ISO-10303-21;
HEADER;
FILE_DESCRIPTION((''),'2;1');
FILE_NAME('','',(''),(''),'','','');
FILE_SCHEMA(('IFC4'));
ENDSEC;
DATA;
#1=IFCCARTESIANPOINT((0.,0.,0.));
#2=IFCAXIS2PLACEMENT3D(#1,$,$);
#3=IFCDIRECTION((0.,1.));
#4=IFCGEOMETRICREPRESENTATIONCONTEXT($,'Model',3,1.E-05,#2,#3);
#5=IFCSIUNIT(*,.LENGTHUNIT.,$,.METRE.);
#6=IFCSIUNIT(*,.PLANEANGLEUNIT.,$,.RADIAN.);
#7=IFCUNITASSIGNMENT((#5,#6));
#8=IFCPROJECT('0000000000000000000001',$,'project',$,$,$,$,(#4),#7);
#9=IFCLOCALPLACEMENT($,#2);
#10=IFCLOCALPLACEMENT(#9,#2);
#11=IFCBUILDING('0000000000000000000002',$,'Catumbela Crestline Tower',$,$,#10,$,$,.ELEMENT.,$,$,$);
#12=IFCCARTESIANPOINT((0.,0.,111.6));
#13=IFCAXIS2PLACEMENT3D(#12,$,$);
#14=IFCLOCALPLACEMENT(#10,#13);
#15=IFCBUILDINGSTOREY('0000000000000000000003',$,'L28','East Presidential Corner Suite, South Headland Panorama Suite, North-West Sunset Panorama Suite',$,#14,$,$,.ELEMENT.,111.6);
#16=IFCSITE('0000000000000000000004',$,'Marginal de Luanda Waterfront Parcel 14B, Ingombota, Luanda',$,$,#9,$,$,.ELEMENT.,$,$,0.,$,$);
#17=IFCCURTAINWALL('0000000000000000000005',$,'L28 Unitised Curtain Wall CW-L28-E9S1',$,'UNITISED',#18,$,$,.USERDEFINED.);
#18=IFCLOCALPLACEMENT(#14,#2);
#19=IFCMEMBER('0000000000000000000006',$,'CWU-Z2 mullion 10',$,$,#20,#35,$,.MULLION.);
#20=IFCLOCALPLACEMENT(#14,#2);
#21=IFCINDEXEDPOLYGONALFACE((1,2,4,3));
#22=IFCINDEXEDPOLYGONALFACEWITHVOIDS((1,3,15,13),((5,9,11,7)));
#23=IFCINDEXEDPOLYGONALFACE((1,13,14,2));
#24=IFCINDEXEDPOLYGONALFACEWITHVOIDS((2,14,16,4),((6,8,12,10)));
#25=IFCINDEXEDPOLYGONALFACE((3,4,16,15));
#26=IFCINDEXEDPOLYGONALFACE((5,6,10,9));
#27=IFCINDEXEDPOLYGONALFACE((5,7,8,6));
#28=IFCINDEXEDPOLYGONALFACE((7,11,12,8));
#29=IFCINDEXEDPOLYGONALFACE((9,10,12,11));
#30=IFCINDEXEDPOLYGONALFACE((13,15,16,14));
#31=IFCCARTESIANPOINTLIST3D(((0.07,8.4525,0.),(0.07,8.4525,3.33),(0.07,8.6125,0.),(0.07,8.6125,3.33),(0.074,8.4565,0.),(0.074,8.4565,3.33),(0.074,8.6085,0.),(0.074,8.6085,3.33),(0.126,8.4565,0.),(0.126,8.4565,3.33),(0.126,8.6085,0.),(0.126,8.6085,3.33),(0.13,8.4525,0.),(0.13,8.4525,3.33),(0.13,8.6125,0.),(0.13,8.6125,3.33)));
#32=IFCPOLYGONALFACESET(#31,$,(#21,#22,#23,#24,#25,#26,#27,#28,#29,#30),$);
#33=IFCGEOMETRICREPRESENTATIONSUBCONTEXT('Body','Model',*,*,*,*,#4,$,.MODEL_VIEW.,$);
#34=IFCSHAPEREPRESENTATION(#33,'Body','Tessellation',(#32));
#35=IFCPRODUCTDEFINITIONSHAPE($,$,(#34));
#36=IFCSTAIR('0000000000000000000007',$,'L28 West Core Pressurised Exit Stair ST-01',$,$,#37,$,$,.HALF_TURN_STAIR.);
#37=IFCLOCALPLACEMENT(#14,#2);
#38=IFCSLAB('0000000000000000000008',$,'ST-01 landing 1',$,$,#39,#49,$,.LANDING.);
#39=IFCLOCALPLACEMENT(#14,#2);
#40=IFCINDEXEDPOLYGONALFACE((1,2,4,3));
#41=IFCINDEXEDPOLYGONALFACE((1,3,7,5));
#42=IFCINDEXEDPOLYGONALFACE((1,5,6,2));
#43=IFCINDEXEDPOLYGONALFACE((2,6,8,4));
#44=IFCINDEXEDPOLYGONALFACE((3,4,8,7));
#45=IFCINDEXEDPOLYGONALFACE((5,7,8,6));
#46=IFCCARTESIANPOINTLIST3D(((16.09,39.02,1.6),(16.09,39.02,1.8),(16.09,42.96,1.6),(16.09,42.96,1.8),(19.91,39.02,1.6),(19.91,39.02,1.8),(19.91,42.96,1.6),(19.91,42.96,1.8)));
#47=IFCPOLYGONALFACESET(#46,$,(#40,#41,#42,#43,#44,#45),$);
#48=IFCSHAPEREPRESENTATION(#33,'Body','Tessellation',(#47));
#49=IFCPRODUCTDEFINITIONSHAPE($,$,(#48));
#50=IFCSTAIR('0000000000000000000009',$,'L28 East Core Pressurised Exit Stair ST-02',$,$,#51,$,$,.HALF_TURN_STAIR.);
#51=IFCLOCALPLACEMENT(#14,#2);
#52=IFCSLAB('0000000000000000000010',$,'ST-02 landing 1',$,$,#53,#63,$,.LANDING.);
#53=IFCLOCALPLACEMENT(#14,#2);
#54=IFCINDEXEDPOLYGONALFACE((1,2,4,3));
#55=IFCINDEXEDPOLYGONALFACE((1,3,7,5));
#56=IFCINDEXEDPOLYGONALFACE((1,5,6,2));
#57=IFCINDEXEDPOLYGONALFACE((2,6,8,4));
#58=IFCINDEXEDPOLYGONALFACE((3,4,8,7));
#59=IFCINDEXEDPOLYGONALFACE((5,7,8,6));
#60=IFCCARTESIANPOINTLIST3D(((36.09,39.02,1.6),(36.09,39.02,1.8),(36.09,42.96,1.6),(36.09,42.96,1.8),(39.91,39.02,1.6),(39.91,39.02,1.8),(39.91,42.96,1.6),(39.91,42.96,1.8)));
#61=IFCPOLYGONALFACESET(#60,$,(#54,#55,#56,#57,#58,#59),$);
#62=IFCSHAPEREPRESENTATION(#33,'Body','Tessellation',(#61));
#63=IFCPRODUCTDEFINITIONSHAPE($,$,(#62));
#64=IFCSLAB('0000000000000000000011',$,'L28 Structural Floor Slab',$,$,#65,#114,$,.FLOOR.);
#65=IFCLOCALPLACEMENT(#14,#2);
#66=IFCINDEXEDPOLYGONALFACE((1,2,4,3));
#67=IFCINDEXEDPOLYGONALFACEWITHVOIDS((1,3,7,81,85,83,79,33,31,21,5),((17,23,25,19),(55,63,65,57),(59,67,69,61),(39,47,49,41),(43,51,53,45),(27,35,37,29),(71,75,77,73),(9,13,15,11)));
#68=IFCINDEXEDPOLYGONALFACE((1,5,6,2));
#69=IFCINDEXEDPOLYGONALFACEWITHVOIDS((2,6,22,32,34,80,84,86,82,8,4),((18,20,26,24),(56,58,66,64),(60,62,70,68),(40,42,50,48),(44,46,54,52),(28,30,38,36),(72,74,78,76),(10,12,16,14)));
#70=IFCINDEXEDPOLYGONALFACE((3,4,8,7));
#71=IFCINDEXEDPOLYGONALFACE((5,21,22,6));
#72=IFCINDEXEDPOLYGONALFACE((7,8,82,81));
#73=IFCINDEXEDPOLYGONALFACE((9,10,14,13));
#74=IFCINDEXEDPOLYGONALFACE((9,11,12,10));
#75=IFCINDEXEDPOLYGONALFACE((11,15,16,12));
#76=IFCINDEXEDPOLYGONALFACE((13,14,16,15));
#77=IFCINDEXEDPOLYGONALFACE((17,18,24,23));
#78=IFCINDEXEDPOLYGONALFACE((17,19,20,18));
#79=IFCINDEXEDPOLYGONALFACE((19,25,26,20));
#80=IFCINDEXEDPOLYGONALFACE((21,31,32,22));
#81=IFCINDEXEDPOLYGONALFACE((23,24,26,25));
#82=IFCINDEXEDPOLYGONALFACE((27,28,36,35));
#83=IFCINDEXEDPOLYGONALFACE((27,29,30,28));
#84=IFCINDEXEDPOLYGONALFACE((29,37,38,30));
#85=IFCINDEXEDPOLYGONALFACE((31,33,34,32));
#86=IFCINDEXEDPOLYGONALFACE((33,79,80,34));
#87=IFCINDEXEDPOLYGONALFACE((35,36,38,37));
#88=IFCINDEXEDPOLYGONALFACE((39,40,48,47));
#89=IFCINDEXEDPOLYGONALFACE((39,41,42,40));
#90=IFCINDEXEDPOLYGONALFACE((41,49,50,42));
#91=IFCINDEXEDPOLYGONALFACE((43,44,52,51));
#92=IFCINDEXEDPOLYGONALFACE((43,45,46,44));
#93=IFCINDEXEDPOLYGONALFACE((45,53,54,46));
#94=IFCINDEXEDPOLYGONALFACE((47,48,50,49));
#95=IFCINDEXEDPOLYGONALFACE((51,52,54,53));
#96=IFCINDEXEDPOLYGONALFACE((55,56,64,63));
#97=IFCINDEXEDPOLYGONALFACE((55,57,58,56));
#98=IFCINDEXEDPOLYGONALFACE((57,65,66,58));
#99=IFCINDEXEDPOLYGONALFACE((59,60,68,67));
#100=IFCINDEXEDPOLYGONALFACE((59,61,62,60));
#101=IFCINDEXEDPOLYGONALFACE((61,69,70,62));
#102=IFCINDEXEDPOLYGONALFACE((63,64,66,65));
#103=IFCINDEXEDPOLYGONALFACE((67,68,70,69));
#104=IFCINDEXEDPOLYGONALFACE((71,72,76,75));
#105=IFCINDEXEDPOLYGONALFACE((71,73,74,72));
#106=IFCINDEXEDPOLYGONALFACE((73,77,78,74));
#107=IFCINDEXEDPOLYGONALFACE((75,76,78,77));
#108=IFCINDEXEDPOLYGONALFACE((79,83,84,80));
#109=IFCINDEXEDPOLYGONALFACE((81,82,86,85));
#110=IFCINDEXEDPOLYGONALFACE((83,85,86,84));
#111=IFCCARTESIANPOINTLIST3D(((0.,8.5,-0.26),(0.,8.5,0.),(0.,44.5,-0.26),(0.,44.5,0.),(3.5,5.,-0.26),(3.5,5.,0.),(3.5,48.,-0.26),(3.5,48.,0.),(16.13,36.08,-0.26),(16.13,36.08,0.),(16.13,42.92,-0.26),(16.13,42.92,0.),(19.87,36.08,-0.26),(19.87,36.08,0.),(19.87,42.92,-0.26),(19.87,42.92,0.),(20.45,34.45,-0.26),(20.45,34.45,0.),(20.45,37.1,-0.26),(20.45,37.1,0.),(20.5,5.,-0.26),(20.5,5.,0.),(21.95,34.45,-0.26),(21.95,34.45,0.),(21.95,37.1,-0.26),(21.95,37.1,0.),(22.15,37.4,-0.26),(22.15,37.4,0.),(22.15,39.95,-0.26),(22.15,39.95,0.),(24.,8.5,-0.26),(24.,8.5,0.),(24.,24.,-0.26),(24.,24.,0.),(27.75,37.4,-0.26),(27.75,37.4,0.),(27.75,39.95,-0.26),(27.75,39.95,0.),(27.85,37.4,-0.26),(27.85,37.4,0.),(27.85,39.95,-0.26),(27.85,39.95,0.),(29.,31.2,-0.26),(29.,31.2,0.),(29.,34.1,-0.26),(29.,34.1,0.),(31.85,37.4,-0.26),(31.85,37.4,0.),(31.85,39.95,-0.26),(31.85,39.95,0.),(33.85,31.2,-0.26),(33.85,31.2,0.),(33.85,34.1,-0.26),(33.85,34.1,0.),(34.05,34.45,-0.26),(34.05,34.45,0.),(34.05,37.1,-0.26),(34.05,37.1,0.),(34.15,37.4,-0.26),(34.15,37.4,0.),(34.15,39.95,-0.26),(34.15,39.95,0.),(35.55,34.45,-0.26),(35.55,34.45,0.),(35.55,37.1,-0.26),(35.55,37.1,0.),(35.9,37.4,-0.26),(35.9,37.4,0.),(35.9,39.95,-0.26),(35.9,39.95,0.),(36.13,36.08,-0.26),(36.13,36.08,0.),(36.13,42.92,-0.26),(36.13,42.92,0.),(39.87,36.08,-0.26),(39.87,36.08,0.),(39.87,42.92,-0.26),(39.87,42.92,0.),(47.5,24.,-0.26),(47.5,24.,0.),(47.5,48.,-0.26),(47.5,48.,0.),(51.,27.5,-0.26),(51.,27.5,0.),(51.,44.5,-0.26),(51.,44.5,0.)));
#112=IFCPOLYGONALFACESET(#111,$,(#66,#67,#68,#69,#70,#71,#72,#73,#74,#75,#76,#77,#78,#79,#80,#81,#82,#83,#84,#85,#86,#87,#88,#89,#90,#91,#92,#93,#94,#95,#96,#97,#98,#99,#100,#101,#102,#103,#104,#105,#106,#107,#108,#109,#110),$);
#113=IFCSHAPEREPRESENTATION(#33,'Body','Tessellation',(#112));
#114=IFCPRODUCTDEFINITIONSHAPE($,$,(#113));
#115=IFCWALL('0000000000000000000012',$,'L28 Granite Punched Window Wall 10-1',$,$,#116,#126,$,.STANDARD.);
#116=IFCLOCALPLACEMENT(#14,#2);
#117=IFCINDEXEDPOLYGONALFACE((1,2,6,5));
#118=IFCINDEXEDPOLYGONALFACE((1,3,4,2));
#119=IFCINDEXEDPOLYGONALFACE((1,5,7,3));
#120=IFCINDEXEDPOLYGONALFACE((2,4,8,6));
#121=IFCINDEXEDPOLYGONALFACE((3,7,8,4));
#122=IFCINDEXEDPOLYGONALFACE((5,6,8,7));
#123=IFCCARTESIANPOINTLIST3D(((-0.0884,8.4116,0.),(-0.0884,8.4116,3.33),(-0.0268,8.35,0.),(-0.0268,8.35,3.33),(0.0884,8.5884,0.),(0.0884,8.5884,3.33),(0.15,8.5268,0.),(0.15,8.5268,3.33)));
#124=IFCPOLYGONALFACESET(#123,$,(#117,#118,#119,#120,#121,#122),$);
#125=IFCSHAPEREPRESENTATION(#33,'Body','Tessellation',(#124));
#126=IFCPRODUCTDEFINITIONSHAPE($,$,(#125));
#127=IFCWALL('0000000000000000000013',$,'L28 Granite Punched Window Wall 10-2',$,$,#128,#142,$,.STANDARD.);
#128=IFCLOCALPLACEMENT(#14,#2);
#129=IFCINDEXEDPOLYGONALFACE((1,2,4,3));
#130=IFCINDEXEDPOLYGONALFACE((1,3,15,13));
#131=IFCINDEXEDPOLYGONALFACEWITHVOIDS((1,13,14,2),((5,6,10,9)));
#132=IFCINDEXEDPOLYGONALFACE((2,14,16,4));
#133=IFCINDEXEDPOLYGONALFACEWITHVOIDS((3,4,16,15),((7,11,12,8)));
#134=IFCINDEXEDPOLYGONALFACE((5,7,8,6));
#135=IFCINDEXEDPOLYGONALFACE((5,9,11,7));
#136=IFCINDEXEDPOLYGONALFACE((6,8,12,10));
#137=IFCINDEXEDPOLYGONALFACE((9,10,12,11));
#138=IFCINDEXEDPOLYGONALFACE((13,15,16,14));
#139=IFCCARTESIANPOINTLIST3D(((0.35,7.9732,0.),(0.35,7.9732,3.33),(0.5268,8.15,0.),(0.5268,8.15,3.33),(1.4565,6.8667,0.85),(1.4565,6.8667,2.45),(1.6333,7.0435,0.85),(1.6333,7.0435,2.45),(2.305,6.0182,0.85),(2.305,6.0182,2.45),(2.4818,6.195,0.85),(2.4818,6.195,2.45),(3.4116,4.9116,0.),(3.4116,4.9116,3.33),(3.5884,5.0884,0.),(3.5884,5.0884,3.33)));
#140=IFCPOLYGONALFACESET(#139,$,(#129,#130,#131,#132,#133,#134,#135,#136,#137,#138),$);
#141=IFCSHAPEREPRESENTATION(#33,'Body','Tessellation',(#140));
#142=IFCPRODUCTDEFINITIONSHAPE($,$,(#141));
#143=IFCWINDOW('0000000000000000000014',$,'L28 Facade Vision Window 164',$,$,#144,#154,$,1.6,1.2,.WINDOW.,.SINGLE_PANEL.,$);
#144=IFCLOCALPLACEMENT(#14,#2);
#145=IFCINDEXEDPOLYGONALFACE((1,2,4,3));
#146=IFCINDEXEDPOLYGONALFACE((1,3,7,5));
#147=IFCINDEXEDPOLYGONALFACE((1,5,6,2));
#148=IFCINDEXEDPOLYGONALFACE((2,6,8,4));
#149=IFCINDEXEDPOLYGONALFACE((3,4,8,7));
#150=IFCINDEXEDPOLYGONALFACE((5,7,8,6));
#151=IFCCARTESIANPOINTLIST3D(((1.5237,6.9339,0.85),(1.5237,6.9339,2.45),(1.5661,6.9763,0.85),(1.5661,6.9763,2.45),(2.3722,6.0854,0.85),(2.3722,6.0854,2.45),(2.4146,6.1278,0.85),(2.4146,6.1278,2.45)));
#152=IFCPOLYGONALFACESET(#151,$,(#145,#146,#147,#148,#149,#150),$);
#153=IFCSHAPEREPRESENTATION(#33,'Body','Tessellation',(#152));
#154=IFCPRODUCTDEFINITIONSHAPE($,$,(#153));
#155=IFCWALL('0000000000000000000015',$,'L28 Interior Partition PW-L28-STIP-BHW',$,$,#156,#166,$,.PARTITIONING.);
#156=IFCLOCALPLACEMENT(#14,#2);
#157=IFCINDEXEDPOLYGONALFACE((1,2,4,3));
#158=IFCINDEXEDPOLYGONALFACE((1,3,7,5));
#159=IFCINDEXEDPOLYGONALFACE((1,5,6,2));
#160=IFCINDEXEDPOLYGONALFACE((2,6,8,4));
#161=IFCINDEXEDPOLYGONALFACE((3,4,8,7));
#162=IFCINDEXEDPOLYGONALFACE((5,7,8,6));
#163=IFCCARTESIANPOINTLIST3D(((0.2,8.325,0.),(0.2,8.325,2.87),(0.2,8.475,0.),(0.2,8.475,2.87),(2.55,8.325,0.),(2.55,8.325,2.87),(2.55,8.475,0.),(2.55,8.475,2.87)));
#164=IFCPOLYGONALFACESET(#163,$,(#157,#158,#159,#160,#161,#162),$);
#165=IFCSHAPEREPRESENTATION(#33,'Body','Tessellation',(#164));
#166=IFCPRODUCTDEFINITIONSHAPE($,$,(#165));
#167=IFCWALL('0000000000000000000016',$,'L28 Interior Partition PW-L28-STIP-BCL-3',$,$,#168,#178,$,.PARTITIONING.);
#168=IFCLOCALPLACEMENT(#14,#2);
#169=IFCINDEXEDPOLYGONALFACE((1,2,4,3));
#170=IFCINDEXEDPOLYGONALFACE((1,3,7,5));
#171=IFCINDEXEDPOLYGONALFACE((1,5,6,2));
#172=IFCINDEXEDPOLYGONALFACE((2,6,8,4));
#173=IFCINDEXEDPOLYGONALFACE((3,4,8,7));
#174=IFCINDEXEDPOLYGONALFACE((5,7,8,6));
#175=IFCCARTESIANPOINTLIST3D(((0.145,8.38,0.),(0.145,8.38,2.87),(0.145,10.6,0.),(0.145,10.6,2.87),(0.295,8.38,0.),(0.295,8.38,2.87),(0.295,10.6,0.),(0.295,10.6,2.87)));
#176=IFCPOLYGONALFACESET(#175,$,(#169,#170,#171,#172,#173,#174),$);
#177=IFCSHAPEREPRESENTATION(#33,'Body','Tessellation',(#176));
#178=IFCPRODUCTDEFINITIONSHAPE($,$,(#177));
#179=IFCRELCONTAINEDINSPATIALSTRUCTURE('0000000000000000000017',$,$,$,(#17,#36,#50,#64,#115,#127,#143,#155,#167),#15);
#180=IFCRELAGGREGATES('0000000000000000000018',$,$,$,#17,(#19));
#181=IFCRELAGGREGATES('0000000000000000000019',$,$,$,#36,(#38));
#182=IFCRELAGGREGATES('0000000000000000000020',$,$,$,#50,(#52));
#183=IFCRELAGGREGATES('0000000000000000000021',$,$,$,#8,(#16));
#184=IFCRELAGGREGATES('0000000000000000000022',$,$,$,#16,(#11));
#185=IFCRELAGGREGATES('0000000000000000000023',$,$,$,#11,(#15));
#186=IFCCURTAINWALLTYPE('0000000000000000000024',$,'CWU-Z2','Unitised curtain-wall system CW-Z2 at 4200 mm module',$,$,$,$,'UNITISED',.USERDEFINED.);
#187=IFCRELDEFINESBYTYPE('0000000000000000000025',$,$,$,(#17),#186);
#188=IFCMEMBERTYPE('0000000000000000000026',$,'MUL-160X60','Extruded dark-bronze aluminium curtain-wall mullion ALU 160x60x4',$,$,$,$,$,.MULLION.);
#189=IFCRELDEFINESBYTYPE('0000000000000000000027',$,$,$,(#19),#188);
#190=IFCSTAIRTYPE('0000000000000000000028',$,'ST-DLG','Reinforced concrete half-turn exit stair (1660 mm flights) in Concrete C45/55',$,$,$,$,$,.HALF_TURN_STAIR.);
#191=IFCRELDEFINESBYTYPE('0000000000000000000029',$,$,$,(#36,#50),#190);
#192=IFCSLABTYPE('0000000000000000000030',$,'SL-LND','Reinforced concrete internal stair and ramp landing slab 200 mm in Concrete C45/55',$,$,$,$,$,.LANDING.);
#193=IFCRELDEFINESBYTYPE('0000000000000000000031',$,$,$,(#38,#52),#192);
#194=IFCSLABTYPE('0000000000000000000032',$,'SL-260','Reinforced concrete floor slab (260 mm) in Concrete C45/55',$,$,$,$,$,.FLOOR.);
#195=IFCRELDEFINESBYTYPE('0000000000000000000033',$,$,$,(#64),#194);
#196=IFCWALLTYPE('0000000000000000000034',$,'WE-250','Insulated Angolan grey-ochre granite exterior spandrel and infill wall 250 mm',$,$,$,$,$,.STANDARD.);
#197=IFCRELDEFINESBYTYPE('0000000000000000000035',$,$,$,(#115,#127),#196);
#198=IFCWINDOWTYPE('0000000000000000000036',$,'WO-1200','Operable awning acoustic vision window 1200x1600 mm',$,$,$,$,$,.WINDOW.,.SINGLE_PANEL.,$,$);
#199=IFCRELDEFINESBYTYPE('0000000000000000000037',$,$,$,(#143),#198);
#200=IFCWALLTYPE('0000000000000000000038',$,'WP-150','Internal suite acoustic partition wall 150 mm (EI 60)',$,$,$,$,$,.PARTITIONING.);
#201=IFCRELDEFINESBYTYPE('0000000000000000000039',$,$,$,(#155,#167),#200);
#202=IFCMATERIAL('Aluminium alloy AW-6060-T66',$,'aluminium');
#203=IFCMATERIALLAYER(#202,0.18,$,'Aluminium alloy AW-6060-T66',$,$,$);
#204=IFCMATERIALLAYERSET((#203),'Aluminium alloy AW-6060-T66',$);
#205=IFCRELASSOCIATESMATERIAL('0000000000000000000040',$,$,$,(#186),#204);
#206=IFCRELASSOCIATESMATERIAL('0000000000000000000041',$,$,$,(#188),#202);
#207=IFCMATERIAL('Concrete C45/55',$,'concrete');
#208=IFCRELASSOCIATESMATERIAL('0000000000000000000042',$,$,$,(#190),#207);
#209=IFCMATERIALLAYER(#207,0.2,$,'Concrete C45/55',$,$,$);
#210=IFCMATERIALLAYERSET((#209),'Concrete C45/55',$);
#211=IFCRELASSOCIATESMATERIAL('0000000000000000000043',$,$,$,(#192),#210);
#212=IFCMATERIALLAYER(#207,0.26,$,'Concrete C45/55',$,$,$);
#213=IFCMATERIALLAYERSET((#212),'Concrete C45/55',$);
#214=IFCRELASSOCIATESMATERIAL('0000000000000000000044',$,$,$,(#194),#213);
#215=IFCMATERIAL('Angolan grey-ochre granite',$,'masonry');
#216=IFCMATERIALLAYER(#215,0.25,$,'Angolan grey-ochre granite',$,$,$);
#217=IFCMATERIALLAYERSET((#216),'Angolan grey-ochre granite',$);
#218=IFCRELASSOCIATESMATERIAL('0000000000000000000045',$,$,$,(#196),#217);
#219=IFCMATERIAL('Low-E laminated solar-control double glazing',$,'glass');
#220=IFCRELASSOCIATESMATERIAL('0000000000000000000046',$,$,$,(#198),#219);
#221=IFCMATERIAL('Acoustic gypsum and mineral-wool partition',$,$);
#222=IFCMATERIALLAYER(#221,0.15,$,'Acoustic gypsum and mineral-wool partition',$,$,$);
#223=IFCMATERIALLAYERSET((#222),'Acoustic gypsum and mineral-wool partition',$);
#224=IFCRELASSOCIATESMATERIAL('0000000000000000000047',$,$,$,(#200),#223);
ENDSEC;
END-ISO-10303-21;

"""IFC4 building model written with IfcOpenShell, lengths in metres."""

from ifc_helpers import new_model, si_unit, direction, frame, frame_2d, origin, origin_2d, place, context, subcontext, project, spatial, polyline, rectangle, hollow_rectangle, outline, extrude, material, layer, layer_set, material_profile, profile_set, type_object, element, fill, aggregate, save


model = new_model("IFC4")

# Units and contexts
model_context = context("Model", 3, precision=1e-05, world=origin(), true_north=direction((0.0, 1.0)))
body_context = subcontext(model_context, "Body", "Model", "MODEL_VIEW")
ifc_project = project(units=[si_unit("LENGTHUNIT", "METRE"), si_unit("PLANEANGLEUNIT", "RADIAN")], contexts=[model_context])

# Site, building, storey
site_placement = place(None, origin())
site = spatial("IfcSite", under=ifc_project, at=site_placement, Name="Marginal de Luanda Waterfront Parcel 14B, Ingombota, Luanda", CompositionType="ELEMENT", RefElevation=0.0)
building_placement = place(site_placement, origin())
building = spatial("IfcBuilding", under=site, at=building_placement, Name="Catumbela Crestline Tower", CompositionType="ELEMENT")
storey_placement = place(building_placement, frame((0.0, 0.0, 111.6)))
storey = spatial("IfcBuildingStorey", under=building, at=storey_placement, Name="L28", Description="East Presidential Corner Suite, South Headland Panorama Suite, North-West Sunset Panorama Suite", CompositionType="ELEMENT", Elevation=111.6)

# Curtain wall, member
ifc_material_1 = material(Name="Aluminium alloy AW-6060-T66", Category="aluminium")
ifc_layer_1 = layer(ifc_material_1, 0.18, Name="Aluminium alloy AW-6060-T66")
ifc_layer_set_1 = layer_set([ifc_layer_1], Name="Aluminium alloy AW-6060-T66")
curtain_wall_type = type_object("IfcCurtainWallType", Name="CWU-Z2", Description="Unitised curtain-wall system CW-Z2 at 4200 mm module", ElementType="UNITISED", PredefinedType="USERDEFINED", material=ifc_layer_set_1)
curtain_wall_placement = place(storey_placement, origin())
curtain_wall = element("IfcCurtainWall", 1, at=curtain_wall_placement, inside=storey, type_object=curtain_wall_type, Name="L28 Unitised Curtain Wall CW-L28-E9S1", ObjectType="UNITISED", PredefinedType="USERDEFINED")
ifc_material_profile = material_profile(ifc_material_1, hollow_rectangle(XDim=0.06, YDim=0.16, WallThickness=0.004, at=origin_2d()), Name="ALU 160x60x4")
ifc_profile_set = profile_set([ifc_material_profile], Name="Aluminium alloy AW-6060-T66")
member_type = type_object("IfcMemberType", Name="MUL-160X60", Description="Extruded dark-bronze aluminium curtain-wall mullion ALU 160x60x4", PredefinedType="MULLION", material=ifc_profile_set)
member_placement = place(storey_placement, frame((0.1, 8.5325, 0.0), z_axis=(0.0, 0.0, 1.0), x_axis=(1.0, 0.0, 0.0)))
member = element("IfcMember", 2, at=member_placement, type_object=member_type, Name="CWU-Z2 mullion 10", PredefinedType="MULLION", context=body_context, shape_type="SweptSolid", body=[
    extrude(hollow_rectangle(XDim=0.06, YDim=0.16, WallThickness=0.004, at=origin_2d()), origin(), (0.0, 0.0, 1.0), 3.33),
])
aggregate(curtain_wall, [member])

# Stairs, slabs
ifc_material_2 = material(Name="Concrete C45/55", Category="concrete")
stair_type = type_object("IfcStairType", Name="ST-DLG", Description="Reinforced concrete half-turn exit stair (1660 mm flights) in Concrete C45/55", PredefinedType="HALF_TURN_STAIR", material=ifc_material_2)
stair_1_placement = place(storey_placement, origin())
stair_1 = element("IfcStair", 3, at=stair_1_placement, inside=storey, type_object=stair_type, Name="L28 West Core Pressurised Exit Stair ST-01", PredefinedType="HALF_TURN_STAIR")
ifc_layer_2 = layer(ifc_material_2, 0.2, Name="Concrete C45/55")
ifc_layer_set_2 = layer_set([ifc_layer_2], Name="Concrete C45/55")
slab_type_1 = type_object("IfcSlabType", Name="SL-LND", Description="Reinforced concrete internal stair and ramp landing slab 200 mm in Concrete C45/55", PredefinedType="LANDING", material=ifc_layer_set_2)
slab_1_placement = place(storey_placement, frame((0.0, 0.0, 1.6)))
slab_1 = element("IfcSlab", 4, at=slab_1_placement, type_object=slab_type_1, Name="ST-01 landing 1", PredefinedType="LANDING", context=body_context, shape_type="SweptSolid", body=[
    extrude(outline(polyline([(19.91, 39.02), (19.91, 42.96), (16.09, 42.96), (16.09, 39.02), (19.91, 39.02)])), origin(), (0.0, 0.0, 1.0), 0.2),
])
aggregate(stair_1, [slab_1])
stair_2_placement = place(storey_placement, origin())
stair_2 = element("IfcStair", 5, at=stair_2_placement, inside=storey, type_object=stair_type, Name="L28 East Core Pressurised Exit Stair ST-02", PredefinedType="HALF_TURN_STAIR")
slab_2_placement = place(storey_placement, frame((0.0, 0.0, 1.6)))
slab_2 = element("IfcSlab", 6, at=slab_2_placement, type_object=slab_type_1, Name="ST-02 landing 1", PredefinedType="LANDING", context=body_context, shape_type="SweptSolid", body=[
    extrude(outline(polyline([(39.91, 39.02), (39.91, 42.96), (36.09, 42.96), (36.09, 39.02), (39.91, 39.02)])), origin(), (0.0, 0.0, 1.0), 0.2),
])
aggregate(stair_2, [slab_2])

# Slab
ifc_layer_3 = layer(ifc_material_2, 0.26, Name="Concrete C45/55")
ifc_layer_set_3 = layer_set([ifc_layer_3], Name="Concrete C45/55")
slab_type_2 = type_object("IfcSlabType", Name="SL-260", Description="Reinforced concrete floor slab (260 mm) in Concrete C45/55", PredefinedType="FLOOR", material=ifc_layer_set_3)
slab_3_placement = place(storey_placement, frame((0.0, 0.0, -0.26)))
element("IfcSlab", 7, at=slab_3_placement, inside=storey, type_object=slab_type_2, Name="L28 Structural Floor Slab", PredefinedType="FLOOR", context=body_context, shape_type="SweptSolid", body=[
    extrude(outline(polyline([(3.5, 5.0), (20.5, 5.0), (24.0, 8.5), (24.0, 24.0), (47.5, 24.0), (51.0, 27.5), (51.0, 44.5), (47.5, 48.0), (3.5, 48.0), (0.0, 44.5), (0.0, 8.5), (3.5, 5.0)]), holes=[polyline([(16.13, 36.08), (19.87, 36.08), (19.87, 42.92), (16.13, 42.92), (16.13, 36.08)]), polyline([(36.13, 36.08), (39.87, 36.08), (39.87, 42.92), (36.13, 42.92), (36.13, 36.08)]), polyline([(29.0, 31.2), (33.85, 31.2), (33.85, 34.1), (29.0, 34.1), (29.0, 31.2)]), polyline([(22.15, 37.4), (27.75, 37.4), (27.75, 39.95), (22.15, 39.95), (22.15, 37.4)]), polyline([(27.85, 37.4), (31.85, 37.4), (31.85, 39.95), (27.85, 39.95), (27.85, 37.4)]), polyline([(20.45, 34.45), (21.95, 34.45), (21.95, 37.1), (20.45, 37.1), (20.45, 34.45)]), polyline([(34.05, 34.45), (35.55, 34.45), (35.55, 37.1), (34.05, 37.1), (34.05, 34.45)]), polyline([(34.15, 37.4), (35.9, 37.4), (35.9, 39.95), (34.15, 39.95), (34.15, 37.4)])]), origin(), (0.0, 0.0, 1.0), 0.26),
])

# Wall
ifc_material_3 = material(Name="Angolan grey-ochre granite", Category="masonry")
ifc_layer_4 = layer(ifc_material_3, 0.25, Name="Angolan grey-ochre granite")
ifc_layer_set_4 = layer_set([ifc_layer_4], Name="Angolan grey-ochre granite")
wall_type_1 = type_object("IfcWallType", Name="WE-250", Description="Insulated Angolan grey-ochre granite exterior spandrel and infill wall 250 mm", PredefinedType="STANDARD", material=ifc_layer_set_4)
wall_1_placement = place(storey_placement, frame((0.0, 8.5, 0.0), z_axis=(0.0, 0.0, 1.0), x_axis=(0.707107, -0.707107, 0.0)))
element("IfcWall", 8, at=wall_1_placement, inside=storey, type_object=wall_type_1, Name="L28 Granite Punched Window Wall 10-1", PredefinedType="STANDARD", context=body_context, shape_type="SweptSolid", body=[
    extrude(rectangle(XDim=0.0871, YDim=0.25, at=frame_2d((0.0436, 0.0))), origin(), (0.0, 0.0, 1.0), 3.33),
])

# Wall, opening, window
wall_2_placement = place(storey_placement, frame((0.4384, 8.0616, 0.0), z_axis=(0.0, 0.0, 1.0), x_axis=(0.707107, -0.707107, 0.0)))
wall_2 = element("IfcWall", 9, at=wall_2_placement, inside=storey, type_object=wall_type_1, Name="L28 Granite Punched Window Wall 10-2", PredefinedType="STANDARD", context=body_context, shape_type="SweptSolid", body=[
    extrude(rectangle(XDim=4.3298, YDim=0.25, at=frame_2d((2.1649, 0.0))), origin(), (0.0, 0.0, 1.0), 3.33),
])
opening_placement = place(wall_2_placement, frame((1.5648, 0.0, 0.85)))
opening = element("IfcOpeningElement", 10, at=opening_placement, cuts=wall_2, PredefinedType="OPENING", context=body_context, shape_type="SweptSolid", body=[
    extrude(rectangle(XDim=1.2, YDim=1.6, at=frame_2d((0.6, 0.8))), frame((0.0, 0.135, 0.0), z_axis=(0.0, -1.0, 0.0), x_axis=(1.0, 0.0, 0.0)), (0.0, 0.0, 1.0), 0.27),
])
ifc_material_4 = material(Name="Low-E laminated solar-control double glazing", Category="glass")
window_type = type_object("IfcWindowType", Name="WO-1200", Description="Operable awning acoustic vision window 1200x1600 mm", PartitioningType="SINGLE_PANEL", PredefinedType="WINDOW", material=ifc_material_4)
window_placement = place(opening_placement, origin())
window = element("IfcWindow", 11, at=window_placement, inside=storey, type_object=window_type, Name="L28 Facade Vision Window 164", OverallHeight=1.6, OverallWidth=1.2, PartitioningType="SINGLE_PANEL", PredefinedType="WINDOW", context=body_context, shape_type="SweptSolid", body=[
    extrude(rectangle(XDim=1.2, YDim=1.6, at=frame_2d((0.6, 0.8))), frame((0.0, 0.03, 0.0), z_axis=(0.0, -1.0, 0.0), x_axis=(1.0, 0.0, 0.0)), (0.0, 0.0, 1.0), 0.06),
])
fill(opening, window)

# Walls
ifc_material_5 = material(Name="Acoustic gypsum and mineral-wool partition")
ifc_layer_5 = layer(ifc_material_5, 0.15, Name="Acoustic gypsum and mineral-wool partition")
ifc_layer_set_5 = layer_set([ifc_layer_5], Name="Acoustic gypsum and mineral-wool partition")
wall_type_2 = type_object("IfcWallType", Name="WP-150", Description="Internal suite acoustic partition wall 150 mm (EI 60)", PredefinedType="PARTITIONING", material=ifc_layer_set_5)
wall_3_placement = place(storey_placement, frame((0.2, 8.4, 0.0), z_axis=(0.0, 0.0, 1.0), x_axis=(1.0, 0.0, 0.0)))
element("IfcWall", 12, at=wall_3_placement, inside=storey, type_object=wall_type_2, Name="L28 Interior Partition PW-L28-STIP-BHW", PredefinedType="PARTITIONING", context=body_context, shape_type="SweptSolid", body=[
    extrude(rectangle(XDim=2.35, YDim=0.15, at=frame_2d((1.175, 0.0))), origin(), (0.0, 0.0, 1.0), 2.87),
])
wall_4_placement = place(storey_placement, frame((0.22, 8.38, 0.0), z_axis=(0.0, 0.0, 1.0), x_axis=(0.0, 1.0, 0.0)))
element("IfcWall", 13, at=wall_4_placement, inside=storey, type_object=wall_type_2, Name="L28 Interior Partition PW-L28-STIP-BCL-3", PredefinedType="PARTITIONING", context=body_context, shape_type="SweptSolid", body=[
    extrude(rectangle(XDim=2.22, YDim=0.15, at=frame_2d((1.11, 0.0))), origin(), (0.0, 0.0, 1.0), 2.87),
])

save(model, "model.ifc")
